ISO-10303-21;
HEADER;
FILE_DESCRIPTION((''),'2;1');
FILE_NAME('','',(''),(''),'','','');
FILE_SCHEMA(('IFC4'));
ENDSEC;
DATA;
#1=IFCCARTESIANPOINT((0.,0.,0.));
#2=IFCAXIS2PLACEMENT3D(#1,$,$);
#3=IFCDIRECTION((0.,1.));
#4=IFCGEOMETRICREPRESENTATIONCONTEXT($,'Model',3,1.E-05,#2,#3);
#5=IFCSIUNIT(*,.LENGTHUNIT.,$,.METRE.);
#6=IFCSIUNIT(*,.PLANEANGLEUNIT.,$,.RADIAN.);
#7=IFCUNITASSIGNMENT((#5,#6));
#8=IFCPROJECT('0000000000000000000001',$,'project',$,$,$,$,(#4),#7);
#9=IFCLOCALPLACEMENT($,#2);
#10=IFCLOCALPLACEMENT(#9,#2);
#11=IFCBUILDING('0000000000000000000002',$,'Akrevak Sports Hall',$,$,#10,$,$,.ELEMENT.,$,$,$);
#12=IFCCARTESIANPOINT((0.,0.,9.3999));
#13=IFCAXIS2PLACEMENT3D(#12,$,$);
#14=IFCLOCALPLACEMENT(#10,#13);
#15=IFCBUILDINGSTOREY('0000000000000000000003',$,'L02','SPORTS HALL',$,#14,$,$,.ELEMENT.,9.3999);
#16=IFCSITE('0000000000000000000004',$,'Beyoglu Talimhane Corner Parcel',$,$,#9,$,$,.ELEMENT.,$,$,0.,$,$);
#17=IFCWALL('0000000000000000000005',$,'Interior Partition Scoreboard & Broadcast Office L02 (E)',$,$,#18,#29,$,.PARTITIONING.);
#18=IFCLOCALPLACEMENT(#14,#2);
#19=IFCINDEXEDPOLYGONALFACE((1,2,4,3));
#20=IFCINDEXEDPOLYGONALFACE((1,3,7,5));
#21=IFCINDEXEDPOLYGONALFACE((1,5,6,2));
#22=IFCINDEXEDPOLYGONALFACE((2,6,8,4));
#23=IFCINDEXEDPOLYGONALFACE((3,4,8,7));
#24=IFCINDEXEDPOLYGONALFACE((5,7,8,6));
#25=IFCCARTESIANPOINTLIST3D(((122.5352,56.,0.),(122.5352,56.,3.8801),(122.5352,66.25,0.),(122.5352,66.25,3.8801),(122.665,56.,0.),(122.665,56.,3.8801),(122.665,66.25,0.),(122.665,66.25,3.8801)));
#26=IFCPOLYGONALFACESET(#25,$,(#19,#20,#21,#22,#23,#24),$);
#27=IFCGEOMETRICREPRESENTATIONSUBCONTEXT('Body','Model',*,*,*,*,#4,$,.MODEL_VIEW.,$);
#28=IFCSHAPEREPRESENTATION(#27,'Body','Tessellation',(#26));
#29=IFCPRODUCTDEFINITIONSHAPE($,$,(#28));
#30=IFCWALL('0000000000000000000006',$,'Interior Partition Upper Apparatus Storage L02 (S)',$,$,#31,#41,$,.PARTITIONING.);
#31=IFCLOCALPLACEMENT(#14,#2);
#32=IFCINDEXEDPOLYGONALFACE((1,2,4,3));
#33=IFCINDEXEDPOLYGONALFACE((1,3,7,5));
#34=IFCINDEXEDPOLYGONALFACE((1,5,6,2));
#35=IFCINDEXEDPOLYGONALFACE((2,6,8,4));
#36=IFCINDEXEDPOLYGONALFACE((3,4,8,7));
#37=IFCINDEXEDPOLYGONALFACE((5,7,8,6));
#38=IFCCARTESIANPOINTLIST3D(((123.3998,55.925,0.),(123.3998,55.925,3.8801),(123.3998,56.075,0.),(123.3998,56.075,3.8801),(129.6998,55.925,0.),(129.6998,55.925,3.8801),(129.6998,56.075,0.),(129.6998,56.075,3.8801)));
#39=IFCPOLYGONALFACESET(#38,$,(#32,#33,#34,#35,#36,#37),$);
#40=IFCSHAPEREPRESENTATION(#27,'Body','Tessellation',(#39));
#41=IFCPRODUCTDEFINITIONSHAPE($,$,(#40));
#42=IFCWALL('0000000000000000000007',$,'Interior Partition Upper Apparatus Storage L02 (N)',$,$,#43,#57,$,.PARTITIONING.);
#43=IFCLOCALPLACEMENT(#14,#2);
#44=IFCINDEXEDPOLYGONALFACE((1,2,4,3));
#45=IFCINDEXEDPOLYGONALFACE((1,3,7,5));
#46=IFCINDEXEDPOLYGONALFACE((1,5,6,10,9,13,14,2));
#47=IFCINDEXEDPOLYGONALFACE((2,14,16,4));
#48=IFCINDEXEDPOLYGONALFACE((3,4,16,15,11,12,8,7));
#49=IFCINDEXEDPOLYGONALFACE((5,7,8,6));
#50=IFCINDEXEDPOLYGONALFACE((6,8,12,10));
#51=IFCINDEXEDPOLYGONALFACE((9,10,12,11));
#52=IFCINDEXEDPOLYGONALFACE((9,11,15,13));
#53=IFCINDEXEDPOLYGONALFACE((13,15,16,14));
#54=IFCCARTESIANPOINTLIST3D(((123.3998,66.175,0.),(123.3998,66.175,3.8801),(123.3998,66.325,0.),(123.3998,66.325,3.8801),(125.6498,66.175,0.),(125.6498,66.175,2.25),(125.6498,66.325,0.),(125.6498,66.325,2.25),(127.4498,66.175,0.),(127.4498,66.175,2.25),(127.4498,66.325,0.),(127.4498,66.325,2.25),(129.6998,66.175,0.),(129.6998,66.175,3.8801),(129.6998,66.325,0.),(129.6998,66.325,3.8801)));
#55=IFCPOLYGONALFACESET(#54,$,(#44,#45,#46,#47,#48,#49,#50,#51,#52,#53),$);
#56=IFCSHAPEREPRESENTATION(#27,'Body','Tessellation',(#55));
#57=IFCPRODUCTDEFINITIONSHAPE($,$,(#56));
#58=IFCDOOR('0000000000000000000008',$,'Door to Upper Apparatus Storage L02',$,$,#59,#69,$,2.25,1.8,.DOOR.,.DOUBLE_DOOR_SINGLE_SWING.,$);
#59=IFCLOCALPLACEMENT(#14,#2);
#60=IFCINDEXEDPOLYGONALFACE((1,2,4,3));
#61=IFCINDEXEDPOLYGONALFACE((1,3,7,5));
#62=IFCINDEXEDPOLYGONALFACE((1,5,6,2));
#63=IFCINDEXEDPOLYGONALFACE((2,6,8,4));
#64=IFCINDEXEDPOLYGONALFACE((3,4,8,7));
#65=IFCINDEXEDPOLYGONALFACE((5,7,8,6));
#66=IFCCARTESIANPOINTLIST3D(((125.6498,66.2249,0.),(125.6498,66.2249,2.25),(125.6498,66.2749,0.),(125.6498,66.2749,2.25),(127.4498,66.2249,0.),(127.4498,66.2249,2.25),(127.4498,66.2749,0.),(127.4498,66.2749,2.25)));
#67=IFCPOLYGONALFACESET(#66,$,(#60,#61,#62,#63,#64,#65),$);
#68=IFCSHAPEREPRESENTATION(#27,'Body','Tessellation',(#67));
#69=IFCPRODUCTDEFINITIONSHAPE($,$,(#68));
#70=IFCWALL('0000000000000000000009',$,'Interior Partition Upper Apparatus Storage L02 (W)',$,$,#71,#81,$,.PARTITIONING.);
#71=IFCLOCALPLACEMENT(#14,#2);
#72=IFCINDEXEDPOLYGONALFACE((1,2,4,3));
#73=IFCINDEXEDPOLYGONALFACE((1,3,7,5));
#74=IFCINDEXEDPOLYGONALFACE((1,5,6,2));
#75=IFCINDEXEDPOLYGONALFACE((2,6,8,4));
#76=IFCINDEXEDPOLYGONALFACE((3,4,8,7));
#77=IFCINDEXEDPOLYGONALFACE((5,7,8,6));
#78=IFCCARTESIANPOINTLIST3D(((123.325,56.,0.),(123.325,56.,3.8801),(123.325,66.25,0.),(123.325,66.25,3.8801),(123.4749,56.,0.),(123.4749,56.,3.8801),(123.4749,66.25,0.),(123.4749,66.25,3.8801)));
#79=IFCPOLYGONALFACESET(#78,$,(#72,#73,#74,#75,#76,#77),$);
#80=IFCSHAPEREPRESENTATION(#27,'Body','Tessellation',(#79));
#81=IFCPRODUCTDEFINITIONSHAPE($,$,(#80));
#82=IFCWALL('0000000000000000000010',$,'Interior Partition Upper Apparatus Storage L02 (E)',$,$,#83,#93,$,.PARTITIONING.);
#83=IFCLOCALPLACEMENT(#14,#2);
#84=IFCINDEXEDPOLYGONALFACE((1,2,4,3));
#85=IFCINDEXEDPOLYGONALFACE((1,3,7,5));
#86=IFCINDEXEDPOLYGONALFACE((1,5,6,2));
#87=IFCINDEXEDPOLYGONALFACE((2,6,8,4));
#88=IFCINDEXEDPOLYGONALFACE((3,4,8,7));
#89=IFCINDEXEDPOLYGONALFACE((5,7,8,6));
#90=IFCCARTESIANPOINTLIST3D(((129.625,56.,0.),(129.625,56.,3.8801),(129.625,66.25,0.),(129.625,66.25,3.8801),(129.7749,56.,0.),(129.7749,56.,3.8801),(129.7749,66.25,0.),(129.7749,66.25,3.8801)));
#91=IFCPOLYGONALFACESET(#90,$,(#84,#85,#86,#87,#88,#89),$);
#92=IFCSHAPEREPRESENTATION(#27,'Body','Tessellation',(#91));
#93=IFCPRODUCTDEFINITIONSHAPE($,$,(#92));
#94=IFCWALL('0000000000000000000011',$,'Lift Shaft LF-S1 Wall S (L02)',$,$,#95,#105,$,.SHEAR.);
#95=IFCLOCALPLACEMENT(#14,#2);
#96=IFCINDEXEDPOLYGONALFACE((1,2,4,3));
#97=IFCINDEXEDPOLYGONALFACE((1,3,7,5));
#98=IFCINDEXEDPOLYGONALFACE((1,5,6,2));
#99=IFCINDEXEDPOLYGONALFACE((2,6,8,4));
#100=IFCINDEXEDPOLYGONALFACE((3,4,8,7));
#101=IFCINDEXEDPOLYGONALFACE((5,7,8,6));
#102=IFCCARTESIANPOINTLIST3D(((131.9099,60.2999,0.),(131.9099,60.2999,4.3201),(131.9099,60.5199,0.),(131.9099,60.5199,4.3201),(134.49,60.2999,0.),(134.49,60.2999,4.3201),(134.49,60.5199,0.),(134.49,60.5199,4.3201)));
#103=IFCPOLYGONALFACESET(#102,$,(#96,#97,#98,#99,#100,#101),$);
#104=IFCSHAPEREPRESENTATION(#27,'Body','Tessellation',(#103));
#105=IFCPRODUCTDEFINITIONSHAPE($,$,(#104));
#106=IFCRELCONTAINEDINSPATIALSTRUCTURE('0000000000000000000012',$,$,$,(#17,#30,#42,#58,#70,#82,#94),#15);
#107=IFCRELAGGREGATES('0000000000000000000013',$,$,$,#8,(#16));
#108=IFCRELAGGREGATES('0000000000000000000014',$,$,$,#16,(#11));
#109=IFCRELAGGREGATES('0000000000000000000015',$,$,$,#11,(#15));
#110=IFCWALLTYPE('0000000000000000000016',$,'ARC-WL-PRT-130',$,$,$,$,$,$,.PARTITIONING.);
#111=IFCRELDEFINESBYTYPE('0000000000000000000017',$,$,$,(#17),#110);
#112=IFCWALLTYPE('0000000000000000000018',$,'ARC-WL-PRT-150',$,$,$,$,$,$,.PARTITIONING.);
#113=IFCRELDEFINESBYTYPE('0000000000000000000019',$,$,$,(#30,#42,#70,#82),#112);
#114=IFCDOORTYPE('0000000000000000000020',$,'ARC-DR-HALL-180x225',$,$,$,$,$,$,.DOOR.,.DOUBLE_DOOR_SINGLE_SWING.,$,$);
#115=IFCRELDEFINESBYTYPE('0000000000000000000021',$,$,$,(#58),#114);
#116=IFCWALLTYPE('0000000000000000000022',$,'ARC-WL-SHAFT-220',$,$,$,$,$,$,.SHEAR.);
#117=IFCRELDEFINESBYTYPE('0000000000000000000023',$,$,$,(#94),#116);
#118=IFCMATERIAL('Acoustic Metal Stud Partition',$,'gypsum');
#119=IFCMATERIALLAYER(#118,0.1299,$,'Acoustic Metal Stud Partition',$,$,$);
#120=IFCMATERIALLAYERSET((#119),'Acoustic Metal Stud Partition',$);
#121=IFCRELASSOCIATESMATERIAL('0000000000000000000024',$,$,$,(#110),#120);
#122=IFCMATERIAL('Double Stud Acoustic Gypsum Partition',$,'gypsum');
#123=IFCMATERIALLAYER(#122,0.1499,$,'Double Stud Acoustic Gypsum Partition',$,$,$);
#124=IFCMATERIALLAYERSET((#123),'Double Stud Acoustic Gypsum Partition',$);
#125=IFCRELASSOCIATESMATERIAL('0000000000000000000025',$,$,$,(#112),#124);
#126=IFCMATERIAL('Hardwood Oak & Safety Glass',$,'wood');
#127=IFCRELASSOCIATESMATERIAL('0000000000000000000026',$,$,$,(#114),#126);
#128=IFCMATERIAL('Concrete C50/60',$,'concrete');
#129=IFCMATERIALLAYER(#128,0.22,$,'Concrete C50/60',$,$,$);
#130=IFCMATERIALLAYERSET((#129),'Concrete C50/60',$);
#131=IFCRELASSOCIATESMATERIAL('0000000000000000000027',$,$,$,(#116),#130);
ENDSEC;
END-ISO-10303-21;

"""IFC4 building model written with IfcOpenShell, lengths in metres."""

from ifc_helpers import new_model, si_unit, direction, frame, frame_2d, origin, place, context, subcontext, project, spatial, rectangle, extrude, material, layer, layer_set, type_object, element, fill, save


model = new_model("IFC4")

# Units and contexts
model_context = context("Model", 3, precision=1e-05, world=origin(), true_north=direction((0.0, 1.0)))
body_context = subcontext(model_context, "Body", "Model", "MODEL_VIEW")
ifc_project = project(units=[si_unit("LENGTHUNIT", "METRE"), si_unit("PLANEANGLEUNIT", "RADIAN")], contexts=[model_context])

# Site, building, storey
site_placement = place(None, origin())
site = spatial("IfcSite", under=ifc_project, at=site_placement, Name="Beyoglu Talimhane Corner Parcel", CompositionType="ELEMENT", RefElevation=0.0)
building_placement = place(site_placement, origin())
building = spatial("IfcBuilding", under=site, at=building_placement, Name="Akrevak Sports Hall", CompositionType="ELEMENT")
storey_placement = place(building_placement, frame((0.0, 0.0, 9.3999)))
storey = spatial("IfcBuildingStorey", under=building, at=storey_placement, Name="L02", Description="SPORTS HALL", CompositionType="ELEMENT", Elevation=9.3999)

# Shared definitions
ifc_material_1 = material(Name="Concrete C50/60", Category="concrete")

# Shared definitions
ifc_material_2 = material(Name="Acoustic Metal Stud Partition", Category="gypsum")
ifc_layer_1 = layer(ifc_material_2, 0.1299, Name="Acoustic Metal Stud Partition")
ifc_layer_set_1 = layer_set([ifc_layer_1], Name="Acoustic Metal Stud Partition")
wall_type_1 = type_object("IfcWallType", Name="ARC-WL-PRT-130", PredefinedType="PARTITIONING", material=ifc_layer_set_1)

# Walls
for number, where, z_axis, x_axis, name in (
    (1, (122.6001, 56.0, 0.0), (0.0, 0.0, 1.0), (0.0, 1.0, 0.0), "Interior Partition Scoreboard & Broadcast Office L02 (E)"),
):
    element("IfcWall", number, at=place(storey_placement, frame(where, z_axis=z_axis, x_axis=x_axis)), inside=storey, type_object=wall_type_1, Name=name, PredefinedType="PARTITIONING", context=body_context, shape_type="SweptSolid", body=[
        extrude(rectangle(XDim=10.25, YDim=0.1299, at=frame_2d((5.125, 0.0))), origin(), (0.0, 0.0, 1.0), 3.8801),
    ])
ifc_material_3 = material(Name="Double Stud Acoustic Gypsum Partition", Category="gypsum")
ifc_layer_2 = layer(ifc_material_3, 0.1499, Name="Double Stud Acoustic Gypsum Partition")
ifc_layer_set_2 = layer_set([ifc_layer_2], Name="Double Stud Acoustic Gypsum Partition")
wall_type_2 = type_object("IfcWallType", Name="ARC-WL-PRT-150", PredefinedType="PARTITIONING", material=ifc_layer_set_2)
wall_1_placement = place(storey_placement, frame((123.3999, 56.0, 0.0), z_axis=(0.0, 0.0, 1.0), x_axis=(1.0, 0.0, 0.0)))
element("IfcWall", 2, at=wall_1_placement, inside=storey, type_object=wall_type_2, Name="Interior Partition Upper Apparatus Storage L02 (S)", PredefinedType="PARTITIONING", context=body_context, shape_type="SweptSolid", body=[
    extrude(rectangle(XDim=6.3, YDim=0.1499, at=frame_2d((3.1499, 0.0))), origin(), (0.0, 0.0, 1.0), 3.8801),
])

# Wall, opening, door
wall_2_placement = place(storey_placement, frame((123.3999, 66.25, 0.0), z_axis=(0.0, 0.0, 1.0), x_axis=(1.0, 0.0, 0.0)))
wall_2 = element("IfcWall", 3, at=wall_2_placement, inside=storey, type_object=wall_type_2, Name="Interior Partition Upper Apparatus Storage L02 (N)", PredefinedType="PARTITIONING", context=body_context, shape_type="SweptSolid", body=[
    extrude(rectangle(XDim=6.3, YDim=0.1499, at=frame_2d((3.1499, 0.0))), origin(), (0.0, 0.0, 1.0), 3.8801),
])
opening_1_placement = place(wall_2_placement, frame((2.25, 0.0, 0.0)))
opening_1 = element("IfcOpeningElement", 4, at=opening_1_placement, cuts=wall_2, PredefinedType="OPENING", context=body_context, shape_type="SweptSolid", body=[
    extrude(rectangle(XDim=1.8, YDim=2.25, at=frame_2d((0.8999, 1.125))), frame((0.0, 0.0869, 0.0), z_axis=(0.0, -1.0, 0.0), x_axis=(1.0, 0.0, 0.0)), (0.0, 0.0, 1.0), 0.1738),
])
ifc_material_4 = material(Name="Hardwood Oak & Safety Glass", Category="wood")
door_type_1 = type_object("IfcDoorType", Name="ARC-DR-HALL-180x225", OperationType="DOUBLE_DOOR_SINGLE_SWING", PredefinedType="DOOR", material=ifc_material_4)
door_1_placement = place(opening_1_placement, origin())
door_1 = element("IfcDoor", 5, at=door_1_placement, inside=storey, type_object=door_type_1, Name="Door to Upper Apparatus Storage L02", OperationType="DOUBLE_DOOR_SINGLE_SWING", OverallHeight=2.25, OverallWidth=1.8, PredefinedType="DOOR", context=body_context, shape_type="SweptSolid", body=[
    extrude(rectangle(XDim=1.8, YDim=2.25, at=frame_2d((0.8999, 1.125))), frame((0.0, 0.0249, 0.0), z_axis=(0.0, -1.0, 0.0), x_axis=(1.0, 0.0, 0.0)), (0.0, 0.0, 1.0), 0.05),
])
fill(opening_1, door_1)

# Walls
for number, where, z_axis, x_axis, name in (
    (6, (123.3999, 56.0, 0.0), (0.0, 0.0, 1.0), (0.0, 1.0, 0.0), "Interior Partition Upper Apparatus Storage L02 (W)"),
    (7, (129.7, 56.0, 0.0), (0.0, 0.0, 1.0), (0.0, 1.0, 0.0), "Interior Partition Upper Apparatus Storage L02 (E)"),
):
    element("IfcWall", number, at=place(storey_placement, frame(where, z_axis=z_axis, x_axis=x_axis)), inside=storey, type_object=wall_type_2, Name=name, PredefinedType="PARTITIONING", context=body_context, shape_type="SweptSolid", body=[
        extrude(rectangle(XDim=10.25, YDim=0.1499, at=frame_2d((5.125, 0.0))), origin(), (0.0, 0.0, 1.0), 3.8801),
    ])
ifc_layer_3 = layer(ifc_material_1, 0.22, Name="Concrete C50/60")
ifc_layer_set_3 = layer_set([ifc_layer_3], Name="Concrete C50/60")
wall_type_3 = type_object("IfcWallType", Name="ARC-WL-SHAFT-220", PredefinedType="SHEAR", material=ifc_layer_set_3)
wall_3_placement = place(storey_placement, frame((131.9099, 60.4099, 0.0), z_axis=(0.0, 0.0, 1.0), x_axis=(1.0, 0.0, 0.0)))
element("IfcWall", 8, at=wall_3_placement, inside=storey, type_object=wall_type_3, Name="Lift Shaft LF-S1 Wall S (L02)", PredefinedType="SHEAR", context=body_context, shape_type="SweptSolid", body=[
    extrude(rectangle(XDim=2.5801, YDim=0.22, at=frame_2d((1.29, 0.0))), origin(), (0.0, 0.0, 1.0), 4.3201),
])

save(model, "model.ifc")
